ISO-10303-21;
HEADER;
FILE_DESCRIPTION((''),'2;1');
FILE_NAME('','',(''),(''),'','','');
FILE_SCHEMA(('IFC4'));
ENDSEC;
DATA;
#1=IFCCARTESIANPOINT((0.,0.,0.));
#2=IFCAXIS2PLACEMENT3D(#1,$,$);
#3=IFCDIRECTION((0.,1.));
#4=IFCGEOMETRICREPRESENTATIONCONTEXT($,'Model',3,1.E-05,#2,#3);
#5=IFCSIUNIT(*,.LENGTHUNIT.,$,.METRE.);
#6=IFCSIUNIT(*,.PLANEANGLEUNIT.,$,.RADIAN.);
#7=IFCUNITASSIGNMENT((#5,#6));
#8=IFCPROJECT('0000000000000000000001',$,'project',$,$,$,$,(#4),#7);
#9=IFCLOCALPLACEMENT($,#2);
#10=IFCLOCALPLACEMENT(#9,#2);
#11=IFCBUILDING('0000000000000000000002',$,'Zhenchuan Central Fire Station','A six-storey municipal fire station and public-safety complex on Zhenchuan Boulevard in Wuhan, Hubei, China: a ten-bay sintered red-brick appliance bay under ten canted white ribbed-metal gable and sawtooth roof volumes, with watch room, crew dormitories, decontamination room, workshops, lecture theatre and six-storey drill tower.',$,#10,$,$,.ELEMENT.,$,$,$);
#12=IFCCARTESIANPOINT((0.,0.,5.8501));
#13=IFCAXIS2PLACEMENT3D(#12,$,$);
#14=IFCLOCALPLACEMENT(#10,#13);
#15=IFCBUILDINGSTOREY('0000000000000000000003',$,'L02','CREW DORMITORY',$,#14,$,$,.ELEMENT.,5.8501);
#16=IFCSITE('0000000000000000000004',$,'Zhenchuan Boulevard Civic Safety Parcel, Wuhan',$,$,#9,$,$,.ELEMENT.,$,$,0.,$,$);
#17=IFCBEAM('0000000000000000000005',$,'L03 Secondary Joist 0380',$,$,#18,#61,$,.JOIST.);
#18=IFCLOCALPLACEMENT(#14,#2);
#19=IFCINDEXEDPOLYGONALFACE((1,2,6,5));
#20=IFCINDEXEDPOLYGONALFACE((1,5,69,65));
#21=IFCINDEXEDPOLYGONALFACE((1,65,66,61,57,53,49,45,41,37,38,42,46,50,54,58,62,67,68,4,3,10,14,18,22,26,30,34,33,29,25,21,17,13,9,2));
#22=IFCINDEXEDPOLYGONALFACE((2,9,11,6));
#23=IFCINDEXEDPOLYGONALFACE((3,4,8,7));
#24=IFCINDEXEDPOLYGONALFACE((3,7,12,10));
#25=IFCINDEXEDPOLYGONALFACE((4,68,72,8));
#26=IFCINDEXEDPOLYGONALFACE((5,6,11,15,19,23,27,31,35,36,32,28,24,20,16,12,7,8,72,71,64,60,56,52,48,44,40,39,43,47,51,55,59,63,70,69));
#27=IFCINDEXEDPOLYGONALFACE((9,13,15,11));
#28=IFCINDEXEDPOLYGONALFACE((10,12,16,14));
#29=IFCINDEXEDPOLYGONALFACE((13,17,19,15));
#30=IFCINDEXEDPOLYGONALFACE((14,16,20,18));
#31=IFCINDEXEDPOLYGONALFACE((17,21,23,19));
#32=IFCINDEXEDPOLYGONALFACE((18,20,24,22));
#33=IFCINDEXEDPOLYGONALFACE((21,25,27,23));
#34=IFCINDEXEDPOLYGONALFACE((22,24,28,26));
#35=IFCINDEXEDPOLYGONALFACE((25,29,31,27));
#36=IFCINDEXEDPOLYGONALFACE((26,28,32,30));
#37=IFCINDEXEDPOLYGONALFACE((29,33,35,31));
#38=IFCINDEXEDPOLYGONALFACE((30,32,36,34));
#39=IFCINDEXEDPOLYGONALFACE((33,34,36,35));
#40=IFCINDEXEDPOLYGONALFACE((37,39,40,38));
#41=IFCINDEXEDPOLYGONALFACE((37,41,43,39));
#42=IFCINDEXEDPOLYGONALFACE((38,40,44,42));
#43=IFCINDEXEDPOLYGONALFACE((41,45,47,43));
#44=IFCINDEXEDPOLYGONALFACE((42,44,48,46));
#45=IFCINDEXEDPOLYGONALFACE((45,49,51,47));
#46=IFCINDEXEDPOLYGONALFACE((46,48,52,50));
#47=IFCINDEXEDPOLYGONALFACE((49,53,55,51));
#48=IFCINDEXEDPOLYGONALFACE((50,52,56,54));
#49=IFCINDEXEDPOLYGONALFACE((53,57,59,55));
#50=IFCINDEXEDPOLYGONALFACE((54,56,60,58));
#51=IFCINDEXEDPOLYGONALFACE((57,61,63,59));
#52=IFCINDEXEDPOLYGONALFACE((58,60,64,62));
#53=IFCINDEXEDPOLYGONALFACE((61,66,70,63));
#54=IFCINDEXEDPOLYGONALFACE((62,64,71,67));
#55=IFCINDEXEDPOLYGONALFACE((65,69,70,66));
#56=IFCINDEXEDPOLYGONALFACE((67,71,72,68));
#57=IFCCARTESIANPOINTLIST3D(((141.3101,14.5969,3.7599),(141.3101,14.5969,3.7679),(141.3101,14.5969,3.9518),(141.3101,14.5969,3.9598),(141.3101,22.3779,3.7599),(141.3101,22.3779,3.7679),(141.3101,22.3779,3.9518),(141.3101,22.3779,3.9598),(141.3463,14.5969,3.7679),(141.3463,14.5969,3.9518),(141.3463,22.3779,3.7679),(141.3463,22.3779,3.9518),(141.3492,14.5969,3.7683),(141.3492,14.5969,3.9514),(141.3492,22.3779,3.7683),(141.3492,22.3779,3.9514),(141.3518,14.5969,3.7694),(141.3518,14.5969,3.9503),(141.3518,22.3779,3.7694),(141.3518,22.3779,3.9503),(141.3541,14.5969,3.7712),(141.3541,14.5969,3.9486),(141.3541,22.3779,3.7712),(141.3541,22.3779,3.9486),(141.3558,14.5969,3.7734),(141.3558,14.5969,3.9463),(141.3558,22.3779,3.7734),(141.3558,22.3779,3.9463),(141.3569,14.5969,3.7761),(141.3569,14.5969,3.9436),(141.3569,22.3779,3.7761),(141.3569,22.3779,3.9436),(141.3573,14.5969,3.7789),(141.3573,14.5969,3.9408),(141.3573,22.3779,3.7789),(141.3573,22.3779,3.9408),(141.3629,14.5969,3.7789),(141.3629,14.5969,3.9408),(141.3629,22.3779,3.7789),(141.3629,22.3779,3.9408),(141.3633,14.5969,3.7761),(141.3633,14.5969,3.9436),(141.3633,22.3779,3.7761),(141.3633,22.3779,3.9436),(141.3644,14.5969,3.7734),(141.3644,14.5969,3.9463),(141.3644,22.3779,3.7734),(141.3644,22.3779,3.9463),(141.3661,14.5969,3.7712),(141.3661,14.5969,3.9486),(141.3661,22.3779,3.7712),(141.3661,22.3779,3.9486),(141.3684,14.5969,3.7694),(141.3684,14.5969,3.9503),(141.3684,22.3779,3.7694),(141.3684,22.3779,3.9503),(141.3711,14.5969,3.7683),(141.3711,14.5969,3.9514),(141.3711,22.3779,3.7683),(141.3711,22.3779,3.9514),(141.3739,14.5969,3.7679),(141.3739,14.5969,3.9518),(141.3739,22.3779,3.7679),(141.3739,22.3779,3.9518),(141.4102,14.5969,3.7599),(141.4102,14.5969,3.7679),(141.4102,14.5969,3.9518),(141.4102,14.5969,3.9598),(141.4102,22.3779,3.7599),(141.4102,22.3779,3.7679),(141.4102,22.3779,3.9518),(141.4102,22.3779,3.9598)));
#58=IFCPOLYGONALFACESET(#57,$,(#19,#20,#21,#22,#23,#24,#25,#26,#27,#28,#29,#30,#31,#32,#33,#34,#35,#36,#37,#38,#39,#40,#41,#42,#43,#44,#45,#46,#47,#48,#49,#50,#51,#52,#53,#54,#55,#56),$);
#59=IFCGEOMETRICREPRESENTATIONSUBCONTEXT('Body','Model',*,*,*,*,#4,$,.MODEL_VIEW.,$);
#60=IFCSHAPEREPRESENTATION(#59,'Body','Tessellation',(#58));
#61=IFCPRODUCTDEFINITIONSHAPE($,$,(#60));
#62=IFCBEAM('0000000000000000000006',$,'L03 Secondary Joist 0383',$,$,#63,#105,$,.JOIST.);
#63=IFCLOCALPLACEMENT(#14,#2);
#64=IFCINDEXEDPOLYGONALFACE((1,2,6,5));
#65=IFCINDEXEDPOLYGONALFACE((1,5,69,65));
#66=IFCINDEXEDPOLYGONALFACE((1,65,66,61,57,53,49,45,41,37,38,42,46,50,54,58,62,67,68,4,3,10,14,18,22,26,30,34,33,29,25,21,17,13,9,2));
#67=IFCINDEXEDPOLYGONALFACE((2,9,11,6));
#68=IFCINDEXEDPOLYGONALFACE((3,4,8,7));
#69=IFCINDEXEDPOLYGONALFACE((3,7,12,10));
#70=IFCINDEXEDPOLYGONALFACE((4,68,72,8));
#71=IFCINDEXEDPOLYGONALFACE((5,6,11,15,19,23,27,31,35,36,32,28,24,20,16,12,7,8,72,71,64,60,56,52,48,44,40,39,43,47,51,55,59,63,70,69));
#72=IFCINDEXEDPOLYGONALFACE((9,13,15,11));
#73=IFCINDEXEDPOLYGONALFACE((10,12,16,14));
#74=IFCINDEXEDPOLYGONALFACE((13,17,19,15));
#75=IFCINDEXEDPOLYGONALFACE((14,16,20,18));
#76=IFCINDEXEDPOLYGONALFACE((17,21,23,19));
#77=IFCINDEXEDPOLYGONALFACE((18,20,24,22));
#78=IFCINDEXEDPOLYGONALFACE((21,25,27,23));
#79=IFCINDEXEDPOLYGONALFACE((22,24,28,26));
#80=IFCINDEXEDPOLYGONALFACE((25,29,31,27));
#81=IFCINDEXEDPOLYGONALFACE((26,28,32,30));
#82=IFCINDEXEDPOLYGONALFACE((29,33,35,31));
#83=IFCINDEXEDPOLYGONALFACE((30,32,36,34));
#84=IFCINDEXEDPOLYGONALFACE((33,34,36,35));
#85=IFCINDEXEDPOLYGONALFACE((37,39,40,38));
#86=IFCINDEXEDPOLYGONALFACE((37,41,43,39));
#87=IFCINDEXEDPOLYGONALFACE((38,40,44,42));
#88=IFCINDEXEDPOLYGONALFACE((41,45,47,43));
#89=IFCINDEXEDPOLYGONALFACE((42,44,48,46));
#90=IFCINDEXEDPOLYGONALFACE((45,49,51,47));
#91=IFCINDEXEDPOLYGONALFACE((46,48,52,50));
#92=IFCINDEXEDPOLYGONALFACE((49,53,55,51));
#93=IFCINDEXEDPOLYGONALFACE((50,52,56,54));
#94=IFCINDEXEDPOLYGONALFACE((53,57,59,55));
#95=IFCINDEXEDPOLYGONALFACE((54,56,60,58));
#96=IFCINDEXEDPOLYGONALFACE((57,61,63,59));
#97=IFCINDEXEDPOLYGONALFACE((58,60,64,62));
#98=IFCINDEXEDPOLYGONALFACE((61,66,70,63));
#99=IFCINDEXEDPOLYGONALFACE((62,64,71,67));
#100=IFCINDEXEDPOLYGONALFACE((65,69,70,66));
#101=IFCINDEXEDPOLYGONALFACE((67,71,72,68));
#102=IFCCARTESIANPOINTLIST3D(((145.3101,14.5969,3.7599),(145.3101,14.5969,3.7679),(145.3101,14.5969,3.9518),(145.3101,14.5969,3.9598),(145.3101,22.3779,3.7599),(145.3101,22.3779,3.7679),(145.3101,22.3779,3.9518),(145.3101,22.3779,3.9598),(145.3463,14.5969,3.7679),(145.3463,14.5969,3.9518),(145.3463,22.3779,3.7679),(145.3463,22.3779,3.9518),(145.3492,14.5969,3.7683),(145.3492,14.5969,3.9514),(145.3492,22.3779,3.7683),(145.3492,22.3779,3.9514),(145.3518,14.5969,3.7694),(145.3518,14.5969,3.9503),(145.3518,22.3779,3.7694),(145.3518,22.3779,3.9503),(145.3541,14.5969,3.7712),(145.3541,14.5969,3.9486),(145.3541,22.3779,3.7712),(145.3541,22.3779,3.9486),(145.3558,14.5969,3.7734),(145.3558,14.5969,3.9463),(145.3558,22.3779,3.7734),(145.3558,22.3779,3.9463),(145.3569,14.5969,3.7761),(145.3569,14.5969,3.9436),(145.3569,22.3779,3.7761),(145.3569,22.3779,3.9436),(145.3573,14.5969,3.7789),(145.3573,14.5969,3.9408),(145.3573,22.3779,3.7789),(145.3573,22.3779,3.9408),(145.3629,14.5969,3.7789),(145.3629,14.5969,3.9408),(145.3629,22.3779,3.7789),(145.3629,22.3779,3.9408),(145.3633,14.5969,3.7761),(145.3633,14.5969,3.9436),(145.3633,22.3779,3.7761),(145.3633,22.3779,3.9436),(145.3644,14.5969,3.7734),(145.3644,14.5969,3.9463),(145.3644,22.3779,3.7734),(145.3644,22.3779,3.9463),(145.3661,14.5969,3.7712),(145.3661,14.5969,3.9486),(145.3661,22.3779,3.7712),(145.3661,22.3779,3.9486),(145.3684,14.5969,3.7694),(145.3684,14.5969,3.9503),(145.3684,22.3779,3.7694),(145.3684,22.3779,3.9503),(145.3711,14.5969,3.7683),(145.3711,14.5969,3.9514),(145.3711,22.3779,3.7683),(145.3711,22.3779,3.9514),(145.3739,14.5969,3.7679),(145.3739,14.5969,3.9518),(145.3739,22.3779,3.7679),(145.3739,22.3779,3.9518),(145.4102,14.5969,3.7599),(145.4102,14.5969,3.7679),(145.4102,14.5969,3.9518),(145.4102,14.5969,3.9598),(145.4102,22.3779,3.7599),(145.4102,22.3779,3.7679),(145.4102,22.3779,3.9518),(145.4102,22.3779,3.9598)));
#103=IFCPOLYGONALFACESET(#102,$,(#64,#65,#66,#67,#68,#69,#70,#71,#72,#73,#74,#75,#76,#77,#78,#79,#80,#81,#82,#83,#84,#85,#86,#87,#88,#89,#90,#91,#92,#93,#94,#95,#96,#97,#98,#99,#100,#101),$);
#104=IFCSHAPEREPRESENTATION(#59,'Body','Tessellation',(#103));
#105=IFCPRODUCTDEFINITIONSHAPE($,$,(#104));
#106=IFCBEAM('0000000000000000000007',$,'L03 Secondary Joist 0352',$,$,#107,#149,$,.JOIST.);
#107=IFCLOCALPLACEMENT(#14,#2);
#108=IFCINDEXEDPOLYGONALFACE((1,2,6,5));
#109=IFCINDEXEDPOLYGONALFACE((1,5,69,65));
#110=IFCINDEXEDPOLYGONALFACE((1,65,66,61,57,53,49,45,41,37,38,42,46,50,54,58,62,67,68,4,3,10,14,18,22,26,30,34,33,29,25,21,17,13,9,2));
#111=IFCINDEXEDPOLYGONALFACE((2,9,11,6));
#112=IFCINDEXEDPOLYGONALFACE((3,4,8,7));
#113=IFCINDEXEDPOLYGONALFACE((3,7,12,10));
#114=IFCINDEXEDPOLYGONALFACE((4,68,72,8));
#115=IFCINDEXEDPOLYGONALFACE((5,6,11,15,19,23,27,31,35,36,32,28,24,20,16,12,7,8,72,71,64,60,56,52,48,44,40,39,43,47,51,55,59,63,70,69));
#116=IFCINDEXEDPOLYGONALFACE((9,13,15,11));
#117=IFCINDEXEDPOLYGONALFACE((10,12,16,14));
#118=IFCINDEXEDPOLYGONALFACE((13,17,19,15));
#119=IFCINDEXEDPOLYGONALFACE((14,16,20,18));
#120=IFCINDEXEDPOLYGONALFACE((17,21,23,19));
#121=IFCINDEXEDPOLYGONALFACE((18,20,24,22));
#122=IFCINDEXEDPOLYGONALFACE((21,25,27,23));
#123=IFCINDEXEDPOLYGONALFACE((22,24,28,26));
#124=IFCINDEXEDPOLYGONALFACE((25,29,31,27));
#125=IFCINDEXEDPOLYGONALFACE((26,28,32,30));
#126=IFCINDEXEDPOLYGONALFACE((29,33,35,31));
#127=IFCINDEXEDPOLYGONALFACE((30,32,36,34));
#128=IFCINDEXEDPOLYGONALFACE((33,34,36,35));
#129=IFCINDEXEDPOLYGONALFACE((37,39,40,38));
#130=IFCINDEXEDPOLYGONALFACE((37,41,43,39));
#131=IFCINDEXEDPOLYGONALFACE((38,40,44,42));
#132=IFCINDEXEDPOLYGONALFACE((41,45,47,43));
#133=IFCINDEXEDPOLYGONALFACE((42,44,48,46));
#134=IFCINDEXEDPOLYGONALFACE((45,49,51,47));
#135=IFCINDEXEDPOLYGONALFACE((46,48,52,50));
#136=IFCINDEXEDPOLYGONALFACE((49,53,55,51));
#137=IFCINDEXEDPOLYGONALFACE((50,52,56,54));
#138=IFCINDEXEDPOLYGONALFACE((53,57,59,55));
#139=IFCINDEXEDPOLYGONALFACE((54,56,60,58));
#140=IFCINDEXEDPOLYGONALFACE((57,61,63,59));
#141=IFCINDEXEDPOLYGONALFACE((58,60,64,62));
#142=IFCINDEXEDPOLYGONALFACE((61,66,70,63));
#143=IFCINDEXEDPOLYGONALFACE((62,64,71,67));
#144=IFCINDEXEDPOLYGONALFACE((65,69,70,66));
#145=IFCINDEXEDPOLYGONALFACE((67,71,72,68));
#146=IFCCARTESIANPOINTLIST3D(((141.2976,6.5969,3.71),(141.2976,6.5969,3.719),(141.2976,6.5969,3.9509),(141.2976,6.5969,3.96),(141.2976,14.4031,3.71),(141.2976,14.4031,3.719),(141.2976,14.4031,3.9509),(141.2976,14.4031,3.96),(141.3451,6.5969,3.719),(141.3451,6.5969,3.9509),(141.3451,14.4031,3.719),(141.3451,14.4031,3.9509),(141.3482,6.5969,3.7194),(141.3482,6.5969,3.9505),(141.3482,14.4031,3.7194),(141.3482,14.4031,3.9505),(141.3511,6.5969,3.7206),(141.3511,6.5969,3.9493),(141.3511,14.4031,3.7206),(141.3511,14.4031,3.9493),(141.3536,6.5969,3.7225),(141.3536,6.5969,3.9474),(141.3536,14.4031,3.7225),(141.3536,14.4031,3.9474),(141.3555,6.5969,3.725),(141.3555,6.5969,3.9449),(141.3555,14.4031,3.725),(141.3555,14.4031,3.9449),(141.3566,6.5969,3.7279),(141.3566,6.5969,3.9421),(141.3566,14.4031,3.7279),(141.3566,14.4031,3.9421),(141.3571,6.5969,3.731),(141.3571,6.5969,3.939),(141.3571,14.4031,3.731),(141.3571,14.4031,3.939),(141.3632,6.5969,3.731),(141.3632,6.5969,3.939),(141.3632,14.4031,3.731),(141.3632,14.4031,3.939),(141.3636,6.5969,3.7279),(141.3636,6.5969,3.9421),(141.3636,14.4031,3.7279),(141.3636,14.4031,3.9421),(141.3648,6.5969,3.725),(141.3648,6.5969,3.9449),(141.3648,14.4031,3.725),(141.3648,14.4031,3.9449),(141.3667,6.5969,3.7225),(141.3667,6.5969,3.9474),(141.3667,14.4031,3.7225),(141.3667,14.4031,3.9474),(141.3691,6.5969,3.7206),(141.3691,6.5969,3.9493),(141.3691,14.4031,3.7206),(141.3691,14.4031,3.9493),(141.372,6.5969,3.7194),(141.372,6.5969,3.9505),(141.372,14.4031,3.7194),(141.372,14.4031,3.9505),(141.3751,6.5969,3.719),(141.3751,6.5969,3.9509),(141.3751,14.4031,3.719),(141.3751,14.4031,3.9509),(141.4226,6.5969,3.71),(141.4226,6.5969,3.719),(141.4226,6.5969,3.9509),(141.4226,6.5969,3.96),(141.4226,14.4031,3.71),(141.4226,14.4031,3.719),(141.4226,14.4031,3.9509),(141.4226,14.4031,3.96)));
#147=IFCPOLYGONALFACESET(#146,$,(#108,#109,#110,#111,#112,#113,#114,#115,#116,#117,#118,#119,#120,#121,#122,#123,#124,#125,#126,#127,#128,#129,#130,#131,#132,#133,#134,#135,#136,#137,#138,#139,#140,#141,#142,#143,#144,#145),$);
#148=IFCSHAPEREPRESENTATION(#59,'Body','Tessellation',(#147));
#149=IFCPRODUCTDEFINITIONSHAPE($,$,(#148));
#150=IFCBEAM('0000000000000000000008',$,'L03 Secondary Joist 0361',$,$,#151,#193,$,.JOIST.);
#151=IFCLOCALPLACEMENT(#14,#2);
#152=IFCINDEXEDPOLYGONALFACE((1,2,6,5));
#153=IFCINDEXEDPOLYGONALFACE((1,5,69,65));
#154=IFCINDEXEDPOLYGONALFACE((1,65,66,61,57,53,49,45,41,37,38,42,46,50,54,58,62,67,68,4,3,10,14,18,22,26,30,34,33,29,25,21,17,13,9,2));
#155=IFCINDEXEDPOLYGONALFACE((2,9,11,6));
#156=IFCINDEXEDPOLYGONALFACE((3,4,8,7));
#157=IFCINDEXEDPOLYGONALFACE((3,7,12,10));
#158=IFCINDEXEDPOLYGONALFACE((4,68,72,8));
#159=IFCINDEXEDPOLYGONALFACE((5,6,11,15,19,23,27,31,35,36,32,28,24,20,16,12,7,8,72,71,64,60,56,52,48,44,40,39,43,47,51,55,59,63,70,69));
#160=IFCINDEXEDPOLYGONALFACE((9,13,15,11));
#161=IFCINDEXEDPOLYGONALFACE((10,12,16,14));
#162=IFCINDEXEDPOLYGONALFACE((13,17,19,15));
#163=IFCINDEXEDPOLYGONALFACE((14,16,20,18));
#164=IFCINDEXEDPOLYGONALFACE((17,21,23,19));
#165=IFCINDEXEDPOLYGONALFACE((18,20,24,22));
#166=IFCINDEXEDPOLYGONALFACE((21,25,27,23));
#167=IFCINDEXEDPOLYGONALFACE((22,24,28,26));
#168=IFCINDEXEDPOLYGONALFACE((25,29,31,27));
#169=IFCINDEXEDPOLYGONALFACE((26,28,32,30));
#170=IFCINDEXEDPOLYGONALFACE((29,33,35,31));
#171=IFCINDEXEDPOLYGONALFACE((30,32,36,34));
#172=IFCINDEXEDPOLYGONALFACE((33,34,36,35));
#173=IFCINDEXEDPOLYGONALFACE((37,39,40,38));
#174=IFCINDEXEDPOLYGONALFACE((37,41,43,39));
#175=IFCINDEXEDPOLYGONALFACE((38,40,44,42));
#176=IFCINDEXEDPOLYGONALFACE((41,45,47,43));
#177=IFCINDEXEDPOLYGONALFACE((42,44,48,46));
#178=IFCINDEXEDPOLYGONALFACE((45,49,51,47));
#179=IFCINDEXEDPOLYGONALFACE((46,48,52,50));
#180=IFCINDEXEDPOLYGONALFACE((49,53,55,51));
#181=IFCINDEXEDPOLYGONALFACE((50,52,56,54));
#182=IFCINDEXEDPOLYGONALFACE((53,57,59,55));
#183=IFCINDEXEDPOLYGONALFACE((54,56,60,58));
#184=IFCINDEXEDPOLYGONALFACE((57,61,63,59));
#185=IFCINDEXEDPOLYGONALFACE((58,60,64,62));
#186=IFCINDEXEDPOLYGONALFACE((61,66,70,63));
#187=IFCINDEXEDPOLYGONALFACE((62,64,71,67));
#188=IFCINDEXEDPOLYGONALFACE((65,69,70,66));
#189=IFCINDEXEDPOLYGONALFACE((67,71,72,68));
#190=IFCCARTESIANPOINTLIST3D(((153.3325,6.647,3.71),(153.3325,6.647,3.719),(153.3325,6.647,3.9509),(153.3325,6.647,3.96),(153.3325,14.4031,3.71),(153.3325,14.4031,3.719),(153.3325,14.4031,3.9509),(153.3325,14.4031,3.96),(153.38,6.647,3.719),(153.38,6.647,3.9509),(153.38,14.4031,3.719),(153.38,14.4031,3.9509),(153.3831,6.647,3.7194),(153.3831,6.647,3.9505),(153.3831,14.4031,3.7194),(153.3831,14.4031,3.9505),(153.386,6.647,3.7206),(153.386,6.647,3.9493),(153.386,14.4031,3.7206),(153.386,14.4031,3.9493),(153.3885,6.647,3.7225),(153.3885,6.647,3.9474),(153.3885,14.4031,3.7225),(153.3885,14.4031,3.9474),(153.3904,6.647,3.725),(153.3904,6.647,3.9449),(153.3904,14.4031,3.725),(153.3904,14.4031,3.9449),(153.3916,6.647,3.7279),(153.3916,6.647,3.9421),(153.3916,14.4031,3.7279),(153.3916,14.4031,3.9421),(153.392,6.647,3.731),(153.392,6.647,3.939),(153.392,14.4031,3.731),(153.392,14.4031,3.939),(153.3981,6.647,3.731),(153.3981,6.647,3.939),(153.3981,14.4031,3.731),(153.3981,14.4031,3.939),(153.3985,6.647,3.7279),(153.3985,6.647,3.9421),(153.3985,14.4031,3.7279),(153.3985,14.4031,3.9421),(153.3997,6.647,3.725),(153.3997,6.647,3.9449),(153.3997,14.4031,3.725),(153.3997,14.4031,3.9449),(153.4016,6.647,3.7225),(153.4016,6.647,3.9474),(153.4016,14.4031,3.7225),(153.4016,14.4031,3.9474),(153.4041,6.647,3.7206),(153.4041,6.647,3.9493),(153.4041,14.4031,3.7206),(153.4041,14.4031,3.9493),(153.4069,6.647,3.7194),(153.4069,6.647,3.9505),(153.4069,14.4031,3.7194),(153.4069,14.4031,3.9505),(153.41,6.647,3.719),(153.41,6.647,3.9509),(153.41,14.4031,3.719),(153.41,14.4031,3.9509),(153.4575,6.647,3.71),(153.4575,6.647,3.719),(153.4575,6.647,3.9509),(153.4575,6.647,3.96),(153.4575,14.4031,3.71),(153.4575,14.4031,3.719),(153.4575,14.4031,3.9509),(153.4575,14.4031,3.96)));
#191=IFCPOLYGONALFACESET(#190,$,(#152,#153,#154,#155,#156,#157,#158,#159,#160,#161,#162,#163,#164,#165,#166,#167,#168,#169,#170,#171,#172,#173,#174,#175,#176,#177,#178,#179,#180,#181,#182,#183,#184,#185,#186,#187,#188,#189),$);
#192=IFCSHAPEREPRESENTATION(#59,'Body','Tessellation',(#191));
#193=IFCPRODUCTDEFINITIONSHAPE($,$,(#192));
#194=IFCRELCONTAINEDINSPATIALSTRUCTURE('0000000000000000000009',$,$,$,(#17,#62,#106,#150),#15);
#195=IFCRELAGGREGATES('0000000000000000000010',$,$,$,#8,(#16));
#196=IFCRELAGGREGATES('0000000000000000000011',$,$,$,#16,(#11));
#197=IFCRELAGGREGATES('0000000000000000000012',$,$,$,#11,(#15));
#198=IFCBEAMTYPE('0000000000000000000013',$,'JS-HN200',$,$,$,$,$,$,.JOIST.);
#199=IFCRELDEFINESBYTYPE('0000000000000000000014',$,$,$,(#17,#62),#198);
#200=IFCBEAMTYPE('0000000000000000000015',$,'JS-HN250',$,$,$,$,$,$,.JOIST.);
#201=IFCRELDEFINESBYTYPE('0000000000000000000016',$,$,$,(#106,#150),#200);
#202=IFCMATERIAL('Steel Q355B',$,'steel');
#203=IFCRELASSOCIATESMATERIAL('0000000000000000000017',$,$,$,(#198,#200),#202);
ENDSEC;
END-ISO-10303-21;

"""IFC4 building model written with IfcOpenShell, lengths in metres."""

from ifc_helpers import new_model, si_unit, direction, frame, origin, origin_2d, place, context, subcontext, project, spatial, i_section, extrude, material, material_profile, profile_set, type_object, element, save


model = new_model("IFC4")

# Units and contexts
model_context = context("Model", 3, precision=1e-05, world=origin(), true_north=direction((0.0, 1.0)))
body_context = subcontext(model_context, "Body", "Model", "MODEL_VIEW")
ifc_project = project(units=[si_unit("LENGTHUNIT", "METRE"), si_unit("PLANEANGLEUNIT", "RADIAN")], contexts=[model_context])

# Site, building, storey
site_placement = place(None, origin())
site = spatial("IfcSite", under=ifc_project, at=site_placement, Name="Zhenchuan Boulevard Civic Safety Parcel, Wuhan", CompositionType="ELEMENT", RefElevation=0.0)
building_placement = place(site_placement, origin())
building = spatial("IfcBuilding", under=site, at=building_placement, Name="Zhenchuan Central Fire Station", Description="A six-storey municipal fire station and public-safety complex on Zhenchuan Boulevard in Wuhan, Hubei, China: a ten-bay sintered red-brick appliance bay under ten canted white ribbed-metal gable and sawtooth roof volumes, with watch room, crew dormitories, decontamination room, workshops, lecture theatre and six-storey drill tower.", CompositionType="ELEMENT")
storey_placement = place(building_placement, frame((0.0, 0.0, 5.8501)))
storey = spatial("IfcBuildingStorey", under=building, at=storey_placement, Name="L02", Description="CREW DORMITORY", CompositionType="ELEMENT", Elevation=5.8501)

# Shared definitions
ifc_material_1 = material(Name="Steel Q355B", Category="steel")

# Beams
ifc_material_profile_1 = material_profile(ifc_material_1, i_section(OverallWidth=0.1001, OverallDepth=0.2, WebThickness=0.0056, FlangeThickness=0.0081, FilletRadius=0.011, at=origin_2d()), Name="HN 200x100")
ifc_profile_set_1 = profile_set([ifc_material_profile_1], Name="Steel Q355B")
beam_type_1 = type_object("IfcBeamType", Name="JS-HN200", PredefinedType="JOIST", material=ifc_profile_set_1)
for number, where, z_axis, x_axis, name in (
    (1, (141.3601, 14.5969, 3.8599), (0.0, 1.0, 0.0), (-1.0, 0.0, 0.0), "L03 Secondary Joist 0380"),
    (2, (145.3601, 14.5969, 3.8599), (0.0, 1.0, 0.0), (-1.0, 0.0, 0.0), "L03 Secondary Joist 0383"),
):
    element("IfcBeam", number, at=place(storey_placement, frame(where, z_axis=z_axis, x_axis=x_axis)), inside=storey, type_object=beam_type_1, Name=name, PredefinedType="JOIST", context=body_context, shape_type="SweptSolid", body=[
        extrude(i_section(OverallWidth=0.1001, OverallDepth=0.2, WebThickness=0.0056, FlangeThickness=0.0081, FilletRadius=0.011, at=origin_2d()), origin(), (0.0, 0.0, 1.0), 7.781),
    ])
ifc_material_profile_2 = material_profile(ifc_material_1, i_section(OverallWidth=0.125, OverallDepth=0.25, WebThickness=0.0061, FlangeThickness=0.009, FilletRadius=0.012, at=origin_2d()), Name="HN 250x125")
ifc_profile_set_2 = profile_set([ifc_material_profile_2], Name="Steel Q355B")
beam_type_2 = type_object("IfcBeamType", Name="JS-HN250", PredefinedType="JOIST", material=ifc_profile_set_2)
beam_1_placement = place(storey_placement, frame((141.3601, 6.5969, 3.835), z_axis=(0.0, 1.0, 0.0), x_axis=(-1.0, 0.0, 0.0)))
element("IfcBeam", 3, at=beam_1_placement, inside=storey, type_object=beam_type_2, Name="L03 Secondary Joist 0352", PredefinedType="JOIST", context=body_context, shape_type="SweptSolid", body=[
    extrude(i_section(OverallWidth=0.125, OverallDepth=0.25, WebThickness=0.0061, FlangeThickness=0.009, FilletRadius=0.012, at=origin_2d()), origin(), (0.0, 0.0, 1.0), 7.8062),
])
beam_2_placement = place(storey_placement, frame((153.395, 6.647, 3.835), z_axis=(0.0, 1.0, 0.0), x_axis=(-1.0, 0.0, 0.0)))
element("IfcBeam", 4, at=beam_2_placement, inside=storey, type_object=beam_type_2, Name="L03 Secondary Joist 0361", PredefinedType="JOIST", context=body_context, shape_type="SweptSolid", body=[
    extrude(i_section(OverallWidth=0.125, OverallDepth=0.25, WebThickness=0.0061, FlangeThickness=0.009, FilletRadius=0.012, at=origin_2d()), origin(), (0.0, 0.0, 1.0), 7.7561),
])

save(model, "model.ifc")
